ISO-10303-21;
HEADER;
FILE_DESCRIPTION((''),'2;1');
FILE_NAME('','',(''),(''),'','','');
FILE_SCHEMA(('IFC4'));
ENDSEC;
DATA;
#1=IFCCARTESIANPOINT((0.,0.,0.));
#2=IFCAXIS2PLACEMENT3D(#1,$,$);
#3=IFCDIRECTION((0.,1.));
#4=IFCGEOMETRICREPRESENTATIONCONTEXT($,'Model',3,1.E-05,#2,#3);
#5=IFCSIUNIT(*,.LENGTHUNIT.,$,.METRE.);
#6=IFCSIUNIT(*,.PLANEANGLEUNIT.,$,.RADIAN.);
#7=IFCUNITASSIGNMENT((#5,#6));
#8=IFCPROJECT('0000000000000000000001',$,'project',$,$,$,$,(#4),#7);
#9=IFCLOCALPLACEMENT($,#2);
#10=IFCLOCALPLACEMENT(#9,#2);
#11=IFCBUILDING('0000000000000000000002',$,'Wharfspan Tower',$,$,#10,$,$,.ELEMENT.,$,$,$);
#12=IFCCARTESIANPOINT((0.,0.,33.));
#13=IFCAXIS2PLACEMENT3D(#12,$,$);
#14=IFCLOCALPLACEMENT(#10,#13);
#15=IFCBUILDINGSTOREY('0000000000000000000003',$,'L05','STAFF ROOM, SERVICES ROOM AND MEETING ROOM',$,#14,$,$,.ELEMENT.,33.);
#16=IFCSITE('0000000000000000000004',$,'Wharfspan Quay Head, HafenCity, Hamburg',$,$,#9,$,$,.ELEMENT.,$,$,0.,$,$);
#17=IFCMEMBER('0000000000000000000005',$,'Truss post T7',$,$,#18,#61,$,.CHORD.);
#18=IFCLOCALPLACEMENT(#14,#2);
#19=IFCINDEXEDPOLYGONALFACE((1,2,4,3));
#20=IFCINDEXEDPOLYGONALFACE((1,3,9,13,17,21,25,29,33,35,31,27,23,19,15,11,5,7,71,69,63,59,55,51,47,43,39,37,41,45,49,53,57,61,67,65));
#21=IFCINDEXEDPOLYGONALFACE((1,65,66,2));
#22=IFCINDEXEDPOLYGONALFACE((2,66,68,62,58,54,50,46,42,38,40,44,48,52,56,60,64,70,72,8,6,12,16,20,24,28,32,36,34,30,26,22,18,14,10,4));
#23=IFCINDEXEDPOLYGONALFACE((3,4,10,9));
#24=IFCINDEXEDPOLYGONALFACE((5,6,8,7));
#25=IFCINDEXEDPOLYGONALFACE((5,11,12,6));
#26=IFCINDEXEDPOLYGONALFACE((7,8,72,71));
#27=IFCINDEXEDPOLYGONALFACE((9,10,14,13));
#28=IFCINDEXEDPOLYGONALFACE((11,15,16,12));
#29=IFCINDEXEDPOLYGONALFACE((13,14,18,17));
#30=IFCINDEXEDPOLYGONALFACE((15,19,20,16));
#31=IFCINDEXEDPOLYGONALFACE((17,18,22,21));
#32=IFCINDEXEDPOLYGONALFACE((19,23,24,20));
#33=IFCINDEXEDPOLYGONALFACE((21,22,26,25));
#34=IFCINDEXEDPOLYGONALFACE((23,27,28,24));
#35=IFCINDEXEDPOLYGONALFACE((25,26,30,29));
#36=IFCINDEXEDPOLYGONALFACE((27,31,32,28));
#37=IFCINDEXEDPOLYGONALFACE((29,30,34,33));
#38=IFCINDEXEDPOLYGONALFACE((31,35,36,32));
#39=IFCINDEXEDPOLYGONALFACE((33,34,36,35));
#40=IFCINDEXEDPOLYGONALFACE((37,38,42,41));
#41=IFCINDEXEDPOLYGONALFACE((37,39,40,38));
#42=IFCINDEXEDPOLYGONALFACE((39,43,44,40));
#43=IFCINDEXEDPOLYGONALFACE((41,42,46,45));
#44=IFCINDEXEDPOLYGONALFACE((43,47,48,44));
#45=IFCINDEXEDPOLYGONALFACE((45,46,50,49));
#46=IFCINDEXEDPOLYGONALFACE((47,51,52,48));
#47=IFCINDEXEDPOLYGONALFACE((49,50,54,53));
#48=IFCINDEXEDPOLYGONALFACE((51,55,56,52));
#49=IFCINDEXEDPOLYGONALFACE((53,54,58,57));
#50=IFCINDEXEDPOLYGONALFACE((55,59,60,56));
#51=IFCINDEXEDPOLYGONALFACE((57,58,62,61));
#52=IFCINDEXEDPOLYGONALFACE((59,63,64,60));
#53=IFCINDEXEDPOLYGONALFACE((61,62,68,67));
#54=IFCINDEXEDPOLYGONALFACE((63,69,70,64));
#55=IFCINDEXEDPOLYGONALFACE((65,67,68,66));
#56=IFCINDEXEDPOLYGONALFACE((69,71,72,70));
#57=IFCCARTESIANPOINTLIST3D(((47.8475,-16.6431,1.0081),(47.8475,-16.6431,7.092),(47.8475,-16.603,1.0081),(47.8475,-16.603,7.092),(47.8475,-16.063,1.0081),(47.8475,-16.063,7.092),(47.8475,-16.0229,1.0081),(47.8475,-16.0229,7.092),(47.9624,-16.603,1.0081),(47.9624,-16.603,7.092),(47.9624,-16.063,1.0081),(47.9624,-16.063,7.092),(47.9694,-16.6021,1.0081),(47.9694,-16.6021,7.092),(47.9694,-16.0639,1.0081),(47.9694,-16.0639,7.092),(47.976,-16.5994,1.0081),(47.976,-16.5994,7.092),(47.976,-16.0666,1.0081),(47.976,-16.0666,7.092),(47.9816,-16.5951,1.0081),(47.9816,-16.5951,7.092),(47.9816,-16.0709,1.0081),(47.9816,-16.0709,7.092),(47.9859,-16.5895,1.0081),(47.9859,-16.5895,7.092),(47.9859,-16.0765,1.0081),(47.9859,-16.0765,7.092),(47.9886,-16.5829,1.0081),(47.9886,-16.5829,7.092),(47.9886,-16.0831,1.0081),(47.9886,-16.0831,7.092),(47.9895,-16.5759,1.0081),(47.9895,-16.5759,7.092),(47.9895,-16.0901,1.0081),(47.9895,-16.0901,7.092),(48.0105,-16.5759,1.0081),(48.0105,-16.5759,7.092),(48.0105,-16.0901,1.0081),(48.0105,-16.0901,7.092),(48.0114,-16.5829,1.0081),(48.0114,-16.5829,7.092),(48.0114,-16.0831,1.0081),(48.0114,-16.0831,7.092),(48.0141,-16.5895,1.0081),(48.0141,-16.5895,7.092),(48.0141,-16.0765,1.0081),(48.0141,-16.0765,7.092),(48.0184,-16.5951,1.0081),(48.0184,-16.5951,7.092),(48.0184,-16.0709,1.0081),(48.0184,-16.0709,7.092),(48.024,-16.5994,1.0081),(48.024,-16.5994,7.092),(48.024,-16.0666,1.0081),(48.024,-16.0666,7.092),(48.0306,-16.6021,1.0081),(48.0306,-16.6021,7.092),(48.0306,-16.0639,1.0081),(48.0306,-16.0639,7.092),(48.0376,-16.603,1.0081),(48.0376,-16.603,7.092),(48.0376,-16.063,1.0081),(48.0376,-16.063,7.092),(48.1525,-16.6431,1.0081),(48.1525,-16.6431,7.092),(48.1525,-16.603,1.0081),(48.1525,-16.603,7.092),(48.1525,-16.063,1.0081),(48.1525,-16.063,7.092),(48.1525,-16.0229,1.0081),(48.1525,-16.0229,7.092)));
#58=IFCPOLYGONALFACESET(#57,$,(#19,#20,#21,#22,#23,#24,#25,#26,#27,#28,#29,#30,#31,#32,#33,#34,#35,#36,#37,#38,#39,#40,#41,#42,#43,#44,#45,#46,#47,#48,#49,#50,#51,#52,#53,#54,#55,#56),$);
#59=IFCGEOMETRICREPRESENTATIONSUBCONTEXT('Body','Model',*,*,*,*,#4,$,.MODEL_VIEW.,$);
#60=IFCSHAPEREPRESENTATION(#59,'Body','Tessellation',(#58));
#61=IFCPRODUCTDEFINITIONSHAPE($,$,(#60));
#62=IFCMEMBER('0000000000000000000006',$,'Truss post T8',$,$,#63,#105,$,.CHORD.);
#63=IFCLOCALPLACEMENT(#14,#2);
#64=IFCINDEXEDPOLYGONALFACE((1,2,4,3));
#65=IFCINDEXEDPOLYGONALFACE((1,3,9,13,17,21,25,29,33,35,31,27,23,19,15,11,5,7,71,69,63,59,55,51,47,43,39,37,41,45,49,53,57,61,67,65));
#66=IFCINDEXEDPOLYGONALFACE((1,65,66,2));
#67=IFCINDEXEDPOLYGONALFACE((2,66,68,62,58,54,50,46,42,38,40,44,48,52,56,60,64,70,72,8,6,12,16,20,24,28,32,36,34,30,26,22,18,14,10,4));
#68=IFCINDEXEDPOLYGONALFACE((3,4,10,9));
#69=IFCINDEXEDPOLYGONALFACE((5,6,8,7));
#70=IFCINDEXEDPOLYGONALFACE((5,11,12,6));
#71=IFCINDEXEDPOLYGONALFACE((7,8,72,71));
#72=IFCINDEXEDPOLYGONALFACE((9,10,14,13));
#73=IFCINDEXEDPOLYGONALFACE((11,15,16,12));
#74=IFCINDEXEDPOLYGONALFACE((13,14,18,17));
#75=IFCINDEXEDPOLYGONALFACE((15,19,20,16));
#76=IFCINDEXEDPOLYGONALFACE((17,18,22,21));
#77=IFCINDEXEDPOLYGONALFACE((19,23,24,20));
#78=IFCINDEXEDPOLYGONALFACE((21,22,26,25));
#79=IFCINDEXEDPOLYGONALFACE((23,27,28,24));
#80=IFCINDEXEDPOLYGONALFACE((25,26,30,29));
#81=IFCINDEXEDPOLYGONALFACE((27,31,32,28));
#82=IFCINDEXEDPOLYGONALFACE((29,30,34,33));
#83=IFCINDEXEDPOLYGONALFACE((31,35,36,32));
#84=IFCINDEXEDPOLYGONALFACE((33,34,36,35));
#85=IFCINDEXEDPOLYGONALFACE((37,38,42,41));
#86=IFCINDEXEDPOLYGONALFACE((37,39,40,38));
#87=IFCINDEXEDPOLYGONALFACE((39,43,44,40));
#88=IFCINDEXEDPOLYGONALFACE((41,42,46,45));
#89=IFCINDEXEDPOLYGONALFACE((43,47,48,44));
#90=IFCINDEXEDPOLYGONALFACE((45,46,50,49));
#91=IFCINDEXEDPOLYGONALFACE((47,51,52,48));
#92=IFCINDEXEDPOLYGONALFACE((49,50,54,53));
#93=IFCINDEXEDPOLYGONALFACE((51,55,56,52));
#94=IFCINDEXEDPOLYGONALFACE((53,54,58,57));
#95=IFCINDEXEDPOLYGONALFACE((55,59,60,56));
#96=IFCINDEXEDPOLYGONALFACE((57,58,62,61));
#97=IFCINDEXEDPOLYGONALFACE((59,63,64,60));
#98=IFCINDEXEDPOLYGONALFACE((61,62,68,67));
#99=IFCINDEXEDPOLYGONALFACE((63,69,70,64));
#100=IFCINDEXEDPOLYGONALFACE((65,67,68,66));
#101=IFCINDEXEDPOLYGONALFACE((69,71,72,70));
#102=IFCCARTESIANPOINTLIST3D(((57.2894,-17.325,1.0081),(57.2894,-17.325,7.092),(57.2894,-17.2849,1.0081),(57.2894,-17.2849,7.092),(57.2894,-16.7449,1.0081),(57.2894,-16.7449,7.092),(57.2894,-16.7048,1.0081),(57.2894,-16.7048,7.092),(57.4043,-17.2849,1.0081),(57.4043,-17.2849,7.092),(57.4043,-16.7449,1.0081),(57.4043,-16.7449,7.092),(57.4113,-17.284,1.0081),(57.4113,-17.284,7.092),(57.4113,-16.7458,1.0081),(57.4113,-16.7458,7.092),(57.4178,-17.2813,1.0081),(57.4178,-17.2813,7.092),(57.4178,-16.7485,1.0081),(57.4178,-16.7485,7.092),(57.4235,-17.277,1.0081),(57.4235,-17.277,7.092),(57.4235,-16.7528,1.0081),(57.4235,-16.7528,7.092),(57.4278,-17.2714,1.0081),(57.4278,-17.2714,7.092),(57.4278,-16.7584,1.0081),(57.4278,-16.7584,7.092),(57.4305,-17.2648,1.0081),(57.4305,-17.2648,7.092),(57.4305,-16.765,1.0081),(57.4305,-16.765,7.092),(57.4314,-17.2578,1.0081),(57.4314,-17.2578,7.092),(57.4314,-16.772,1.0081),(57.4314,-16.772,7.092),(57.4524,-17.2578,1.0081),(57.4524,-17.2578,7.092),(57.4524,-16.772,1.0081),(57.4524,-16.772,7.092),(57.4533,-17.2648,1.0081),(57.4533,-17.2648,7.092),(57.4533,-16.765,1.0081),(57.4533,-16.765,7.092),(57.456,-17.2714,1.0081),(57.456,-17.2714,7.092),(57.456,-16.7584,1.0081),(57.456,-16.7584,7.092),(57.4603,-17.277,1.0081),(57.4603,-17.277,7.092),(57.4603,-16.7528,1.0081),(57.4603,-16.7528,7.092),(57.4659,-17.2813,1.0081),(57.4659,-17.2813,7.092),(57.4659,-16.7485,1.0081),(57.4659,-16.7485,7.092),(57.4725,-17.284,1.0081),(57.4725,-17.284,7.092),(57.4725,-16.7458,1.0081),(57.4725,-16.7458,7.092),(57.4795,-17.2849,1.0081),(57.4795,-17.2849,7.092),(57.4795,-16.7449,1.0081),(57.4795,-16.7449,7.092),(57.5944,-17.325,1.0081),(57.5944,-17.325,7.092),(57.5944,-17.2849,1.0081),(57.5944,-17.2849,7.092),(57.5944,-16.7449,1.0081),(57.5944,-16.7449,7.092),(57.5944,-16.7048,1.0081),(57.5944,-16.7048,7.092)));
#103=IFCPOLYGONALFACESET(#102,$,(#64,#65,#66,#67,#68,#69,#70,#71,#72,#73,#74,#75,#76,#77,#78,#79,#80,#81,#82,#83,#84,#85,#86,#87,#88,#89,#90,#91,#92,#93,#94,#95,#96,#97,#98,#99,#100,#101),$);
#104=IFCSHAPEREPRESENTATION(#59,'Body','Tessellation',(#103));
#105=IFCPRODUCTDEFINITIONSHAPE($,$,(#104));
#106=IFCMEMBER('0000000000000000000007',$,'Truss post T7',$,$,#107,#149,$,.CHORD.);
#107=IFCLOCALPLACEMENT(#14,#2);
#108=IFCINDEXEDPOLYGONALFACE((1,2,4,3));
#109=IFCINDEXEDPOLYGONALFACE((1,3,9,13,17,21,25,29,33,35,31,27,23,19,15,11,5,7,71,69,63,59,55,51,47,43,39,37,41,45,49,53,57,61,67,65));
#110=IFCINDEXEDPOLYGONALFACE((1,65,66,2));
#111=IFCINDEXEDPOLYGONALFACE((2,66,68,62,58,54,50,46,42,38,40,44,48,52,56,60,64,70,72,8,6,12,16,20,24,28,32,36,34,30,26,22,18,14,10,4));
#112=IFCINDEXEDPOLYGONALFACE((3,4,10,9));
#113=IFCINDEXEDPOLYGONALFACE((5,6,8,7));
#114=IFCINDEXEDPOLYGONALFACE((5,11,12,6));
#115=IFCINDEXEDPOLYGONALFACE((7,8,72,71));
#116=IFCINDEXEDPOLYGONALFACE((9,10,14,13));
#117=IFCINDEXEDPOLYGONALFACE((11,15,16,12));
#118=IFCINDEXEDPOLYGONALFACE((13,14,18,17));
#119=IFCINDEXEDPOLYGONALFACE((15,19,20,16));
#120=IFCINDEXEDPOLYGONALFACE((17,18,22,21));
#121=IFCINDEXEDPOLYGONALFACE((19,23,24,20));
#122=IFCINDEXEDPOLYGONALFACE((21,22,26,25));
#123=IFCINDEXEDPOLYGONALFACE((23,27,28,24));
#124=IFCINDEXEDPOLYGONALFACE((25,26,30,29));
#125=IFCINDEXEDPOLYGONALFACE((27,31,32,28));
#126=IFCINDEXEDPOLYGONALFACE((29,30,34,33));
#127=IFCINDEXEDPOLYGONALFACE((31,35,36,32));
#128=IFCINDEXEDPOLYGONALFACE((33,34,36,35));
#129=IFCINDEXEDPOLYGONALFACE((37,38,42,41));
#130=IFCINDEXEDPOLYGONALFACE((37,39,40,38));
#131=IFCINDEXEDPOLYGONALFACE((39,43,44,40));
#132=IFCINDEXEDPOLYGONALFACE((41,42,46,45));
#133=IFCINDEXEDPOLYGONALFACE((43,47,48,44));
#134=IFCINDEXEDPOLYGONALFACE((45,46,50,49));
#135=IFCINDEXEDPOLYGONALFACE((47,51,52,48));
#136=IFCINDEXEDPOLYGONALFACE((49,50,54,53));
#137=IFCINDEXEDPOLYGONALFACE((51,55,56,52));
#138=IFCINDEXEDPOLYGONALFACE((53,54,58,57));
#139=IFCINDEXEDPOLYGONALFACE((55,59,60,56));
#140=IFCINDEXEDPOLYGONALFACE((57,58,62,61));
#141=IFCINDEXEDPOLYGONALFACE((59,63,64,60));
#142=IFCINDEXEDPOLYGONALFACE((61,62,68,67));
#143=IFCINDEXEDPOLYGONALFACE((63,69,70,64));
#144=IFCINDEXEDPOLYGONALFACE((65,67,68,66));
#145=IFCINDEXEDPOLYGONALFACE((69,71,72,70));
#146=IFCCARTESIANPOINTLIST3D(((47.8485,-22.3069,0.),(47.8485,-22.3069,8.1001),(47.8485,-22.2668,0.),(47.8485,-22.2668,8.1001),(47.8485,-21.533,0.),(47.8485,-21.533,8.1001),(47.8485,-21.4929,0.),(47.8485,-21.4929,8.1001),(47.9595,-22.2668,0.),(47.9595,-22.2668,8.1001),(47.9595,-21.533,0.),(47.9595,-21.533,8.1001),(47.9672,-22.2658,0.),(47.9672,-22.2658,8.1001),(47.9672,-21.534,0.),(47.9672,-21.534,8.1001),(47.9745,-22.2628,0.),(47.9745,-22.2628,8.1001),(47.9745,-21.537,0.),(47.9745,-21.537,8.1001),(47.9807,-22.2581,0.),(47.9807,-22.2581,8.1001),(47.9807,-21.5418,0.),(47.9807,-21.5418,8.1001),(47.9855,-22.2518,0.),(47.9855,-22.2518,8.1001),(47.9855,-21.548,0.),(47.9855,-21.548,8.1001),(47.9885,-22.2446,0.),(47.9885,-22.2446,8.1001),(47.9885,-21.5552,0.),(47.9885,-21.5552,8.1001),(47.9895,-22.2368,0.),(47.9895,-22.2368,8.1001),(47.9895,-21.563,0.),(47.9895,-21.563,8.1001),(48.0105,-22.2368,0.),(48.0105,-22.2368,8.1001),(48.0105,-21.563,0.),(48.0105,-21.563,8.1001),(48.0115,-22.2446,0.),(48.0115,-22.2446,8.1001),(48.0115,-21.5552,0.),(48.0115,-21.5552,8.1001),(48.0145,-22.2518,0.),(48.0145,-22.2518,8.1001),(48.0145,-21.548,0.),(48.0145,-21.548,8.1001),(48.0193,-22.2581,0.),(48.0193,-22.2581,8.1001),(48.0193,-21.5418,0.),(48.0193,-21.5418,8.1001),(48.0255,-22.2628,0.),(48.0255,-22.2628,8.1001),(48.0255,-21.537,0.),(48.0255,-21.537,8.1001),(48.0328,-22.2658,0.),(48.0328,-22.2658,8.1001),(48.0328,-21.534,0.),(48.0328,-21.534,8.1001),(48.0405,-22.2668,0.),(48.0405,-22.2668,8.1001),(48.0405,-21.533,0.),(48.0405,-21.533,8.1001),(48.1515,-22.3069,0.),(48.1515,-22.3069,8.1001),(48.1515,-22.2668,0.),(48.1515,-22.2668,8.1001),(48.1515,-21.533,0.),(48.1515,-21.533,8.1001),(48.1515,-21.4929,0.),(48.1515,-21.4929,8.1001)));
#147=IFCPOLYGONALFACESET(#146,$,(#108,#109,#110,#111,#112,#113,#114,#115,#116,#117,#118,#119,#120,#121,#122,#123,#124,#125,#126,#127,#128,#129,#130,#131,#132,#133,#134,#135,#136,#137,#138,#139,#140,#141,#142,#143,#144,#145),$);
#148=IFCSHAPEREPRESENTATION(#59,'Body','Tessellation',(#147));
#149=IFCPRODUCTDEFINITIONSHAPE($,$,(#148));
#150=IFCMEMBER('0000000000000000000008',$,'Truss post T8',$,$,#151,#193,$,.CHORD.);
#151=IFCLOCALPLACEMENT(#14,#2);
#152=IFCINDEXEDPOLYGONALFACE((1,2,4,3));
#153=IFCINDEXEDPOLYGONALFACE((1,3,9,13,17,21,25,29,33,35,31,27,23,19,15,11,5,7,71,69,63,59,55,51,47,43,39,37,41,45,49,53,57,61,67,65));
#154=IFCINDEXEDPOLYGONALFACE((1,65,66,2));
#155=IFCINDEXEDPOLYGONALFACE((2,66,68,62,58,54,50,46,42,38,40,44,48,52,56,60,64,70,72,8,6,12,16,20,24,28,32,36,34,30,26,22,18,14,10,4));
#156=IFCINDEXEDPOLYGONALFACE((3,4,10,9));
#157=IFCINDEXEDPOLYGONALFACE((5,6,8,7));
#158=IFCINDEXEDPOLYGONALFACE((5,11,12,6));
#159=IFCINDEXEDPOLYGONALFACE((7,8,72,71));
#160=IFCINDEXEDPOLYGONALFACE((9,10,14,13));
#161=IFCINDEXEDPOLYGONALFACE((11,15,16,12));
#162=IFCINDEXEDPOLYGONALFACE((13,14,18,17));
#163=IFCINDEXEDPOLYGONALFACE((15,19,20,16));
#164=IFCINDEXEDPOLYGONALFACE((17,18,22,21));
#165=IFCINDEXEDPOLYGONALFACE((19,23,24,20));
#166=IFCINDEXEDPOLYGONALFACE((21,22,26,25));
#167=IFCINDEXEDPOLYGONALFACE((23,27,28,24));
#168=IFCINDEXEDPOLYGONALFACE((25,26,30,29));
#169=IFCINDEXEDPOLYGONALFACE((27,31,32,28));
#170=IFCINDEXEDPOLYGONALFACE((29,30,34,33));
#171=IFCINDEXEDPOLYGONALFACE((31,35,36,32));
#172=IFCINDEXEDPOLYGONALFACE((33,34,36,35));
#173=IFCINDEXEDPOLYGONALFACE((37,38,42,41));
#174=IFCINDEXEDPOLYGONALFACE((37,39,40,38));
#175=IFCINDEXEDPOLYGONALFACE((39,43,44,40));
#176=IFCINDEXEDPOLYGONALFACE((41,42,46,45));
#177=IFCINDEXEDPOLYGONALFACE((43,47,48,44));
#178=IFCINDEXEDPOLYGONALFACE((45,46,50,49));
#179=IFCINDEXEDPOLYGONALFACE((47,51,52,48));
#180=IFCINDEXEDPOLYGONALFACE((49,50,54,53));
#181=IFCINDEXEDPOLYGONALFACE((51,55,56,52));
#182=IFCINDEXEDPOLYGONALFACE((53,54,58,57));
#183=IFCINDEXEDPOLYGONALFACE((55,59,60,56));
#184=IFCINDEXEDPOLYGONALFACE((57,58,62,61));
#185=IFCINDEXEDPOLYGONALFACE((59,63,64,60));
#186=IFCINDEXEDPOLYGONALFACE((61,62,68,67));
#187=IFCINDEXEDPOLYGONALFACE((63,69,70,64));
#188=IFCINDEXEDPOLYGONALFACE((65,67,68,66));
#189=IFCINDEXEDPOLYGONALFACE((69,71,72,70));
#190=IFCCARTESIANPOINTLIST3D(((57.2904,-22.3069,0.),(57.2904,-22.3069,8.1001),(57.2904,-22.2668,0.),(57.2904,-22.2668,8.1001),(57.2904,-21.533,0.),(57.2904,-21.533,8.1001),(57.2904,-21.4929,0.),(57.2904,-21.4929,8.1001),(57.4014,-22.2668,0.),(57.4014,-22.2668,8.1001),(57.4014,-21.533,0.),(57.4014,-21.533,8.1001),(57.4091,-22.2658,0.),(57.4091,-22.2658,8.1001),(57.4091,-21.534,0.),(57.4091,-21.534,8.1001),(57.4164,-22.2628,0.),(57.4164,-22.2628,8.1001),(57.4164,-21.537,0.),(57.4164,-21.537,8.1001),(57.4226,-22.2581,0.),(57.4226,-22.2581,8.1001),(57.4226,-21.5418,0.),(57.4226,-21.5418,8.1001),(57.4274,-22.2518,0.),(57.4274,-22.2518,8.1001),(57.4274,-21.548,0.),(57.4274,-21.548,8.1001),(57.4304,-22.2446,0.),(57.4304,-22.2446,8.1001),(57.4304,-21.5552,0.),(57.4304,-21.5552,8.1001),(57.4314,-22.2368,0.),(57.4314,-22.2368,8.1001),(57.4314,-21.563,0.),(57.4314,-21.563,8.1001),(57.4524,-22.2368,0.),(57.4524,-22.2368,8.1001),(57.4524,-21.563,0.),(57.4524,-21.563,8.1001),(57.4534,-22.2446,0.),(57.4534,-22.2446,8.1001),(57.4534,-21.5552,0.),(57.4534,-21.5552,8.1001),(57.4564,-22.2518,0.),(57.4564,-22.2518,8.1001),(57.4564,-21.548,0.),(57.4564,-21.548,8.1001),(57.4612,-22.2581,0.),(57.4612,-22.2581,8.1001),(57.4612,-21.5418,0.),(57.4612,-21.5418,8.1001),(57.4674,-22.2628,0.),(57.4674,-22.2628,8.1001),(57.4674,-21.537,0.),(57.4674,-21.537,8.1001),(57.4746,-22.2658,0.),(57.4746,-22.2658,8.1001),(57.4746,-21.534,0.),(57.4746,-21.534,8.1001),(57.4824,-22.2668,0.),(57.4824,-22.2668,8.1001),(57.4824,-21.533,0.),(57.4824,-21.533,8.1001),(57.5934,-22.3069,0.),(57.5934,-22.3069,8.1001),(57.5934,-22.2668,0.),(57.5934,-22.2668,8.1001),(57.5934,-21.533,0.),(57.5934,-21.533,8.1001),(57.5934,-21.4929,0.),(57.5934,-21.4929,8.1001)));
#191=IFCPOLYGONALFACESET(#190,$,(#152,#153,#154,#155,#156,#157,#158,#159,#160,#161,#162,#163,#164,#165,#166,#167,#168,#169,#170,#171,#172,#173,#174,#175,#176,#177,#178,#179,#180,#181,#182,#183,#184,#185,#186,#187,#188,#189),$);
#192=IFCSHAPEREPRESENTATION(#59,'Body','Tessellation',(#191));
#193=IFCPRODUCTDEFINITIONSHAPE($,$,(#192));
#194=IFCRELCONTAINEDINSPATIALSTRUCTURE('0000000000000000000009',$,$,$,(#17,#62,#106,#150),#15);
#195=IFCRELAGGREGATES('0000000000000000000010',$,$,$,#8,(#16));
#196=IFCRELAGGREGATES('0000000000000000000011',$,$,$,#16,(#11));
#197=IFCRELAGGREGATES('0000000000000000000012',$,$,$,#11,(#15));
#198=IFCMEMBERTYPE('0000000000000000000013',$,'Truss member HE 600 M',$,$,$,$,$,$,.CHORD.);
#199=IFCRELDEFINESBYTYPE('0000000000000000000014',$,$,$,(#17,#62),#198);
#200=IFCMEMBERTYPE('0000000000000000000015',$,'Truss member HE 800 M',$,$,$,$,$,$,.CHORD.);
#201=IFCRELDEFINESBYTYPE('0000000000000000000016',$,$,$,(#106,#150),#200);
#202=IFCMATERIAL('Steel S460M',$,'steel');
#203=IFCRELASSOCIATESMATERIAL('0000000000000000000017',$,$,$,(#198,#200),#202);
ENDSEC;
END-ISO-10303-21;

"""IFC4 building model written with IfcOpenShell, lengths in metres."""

from ifc_helpers import new_model, si_unit, direction, frame, origin, origin_2d, place, context, subcontext, project, spatial, i_section, extrude, material, material_profile, profile_set, type_object, element, save


model = new_model("IFC4")

# Units and contexts
model_context = context("Model", 3, precision=1e-05, world=origin(), true_north=direction((0.0, 1.0)))
body_context = subcontext(model_context, "Body", "Model", "MODEL_VIEW")
ifc_project = project(units=[si_unit("LENGTHUNIT", "METRE"), si_unit("PLANEANGLEUNIT", "RADIAN")], contexts=[model_context])

# Site, building, storey
site_placement = place(None, origin())
site = spatial("IfcSite", under=ifc_project, at=site_placement, Name="Wharfspan Quay Head, HafenCity, Hamburg", CompositionType="ELEMENT", RefElevation=0.0)
building_placement = place(site_placement, origin())
building = spatial("IfcBuilding", under=site, at=building_placement, Name="Wharfspan Tower", CompositionType="ELEMENT")
storey_placement = place(building_placement, frame((0.0, 0.0, 33.0)))
storey = spatial("IfcBuildingStorey", under=building, at=storey_placement, Name="L05", Description="STAFF ROOM, SERVICES ROOM AND MEETING ROOM", CompositionType="ELEMENT", Elevation=33.0)

# Members
ifc_material_1 = material(Name="Steel S460M", Category="steel")
ifc_material_profile_1 = material_profile(ifc_material_1, i_section(OverallWidth=0.3049, OverallDepth=0.6201, WebThickness=0.021, FlangeThickness=0.04, FilletRadius=0.0271, at=origin_2d()))
ifc_profile_set_1 = profile_set([ifc_material_profile_1], Name="Steel S460M")
member_type_1 = type_object("IfcMemberType", Name="Truss member HE 600 M", PredefinedType="CHORD", material=ifc_profile_set_1)
for number, where, z_axis, x_axis, name in (
    (1, (48.0, -16.333, 1.0081), (0.0, 0.0, 1.0), (1.0, 0.0, 0.0), "Truss post T7"),
    (2, (57.4419, -17.0149, 1.0081), (0.0, 0.0, 1.0), (1.0, 0.0, 0.0), "Truss post T8"),
):
    element("IfcMember", number, at=place(storey_placement, frame(where, z_axis=z_axis, x_axis=x_axis)), inside=storey, type_object=member_type_1, Name=name, PredefinedType="CHORD", context=body_context, shape_type="SweptSolid", body=[
        extrude(i_section(OverallWidth=0.3049, OverallDepth=0.6201, WebThickness=0.021, FlangeThickness=0.04, FilletRadius=0.0271, at=origin_2d()), origin(), (0.0, 0.0, 1.0), 6.084),
    ])
ifc_material_profile_2 = material_profile(ifc_material_1, i_section(OverallWidth=0.303, OverallDepth=0.814, WebThickness=0.021, FlangeThickness=0.04, FilletRadius=0.03, at=origin_2d()))
ifc_profile_set_2 = profile_set([ifc_material_profile_2], Name="Steel S460M")
member_type_2 = type_object("IfcMemberType", Name="Truss member HE 800 M", PredefinedType="CHORD", material=ifc_profile_set_2)
for number, where, z_axis, x_axis, name in (
    (3, (48.0, -21.8999, 0.0), (0.0, 0.0, 1.0), (1.0, 0.0, 0.0), "Truss post T7"),
    (4, (57.4419, -21.8999, 0.0), (0.0, 0.0, 1.0), (1.0, 0.0, 0.0), "Truss post T8"),
):
    element("IfcMember", number, at=place(storey_placement, frame(where, z_axis=z_axis, x_axis=x_axis)), inside=storey, type_object=member_type_2, Name=name, PredefinedType="CHORD", context=body_context, shape_type="SweptSolid", body=[
        extrude(i_section(OverallWidth=0.303, OverallDepth=0.814, WebThickness=0.021, FlangeThickness=0.04, FilletRadius=0.03, at=origin_2d()), origin(), (0.0, 0.0, 1.0), 8.1001),
    ])

save(model, "model.ifc")
